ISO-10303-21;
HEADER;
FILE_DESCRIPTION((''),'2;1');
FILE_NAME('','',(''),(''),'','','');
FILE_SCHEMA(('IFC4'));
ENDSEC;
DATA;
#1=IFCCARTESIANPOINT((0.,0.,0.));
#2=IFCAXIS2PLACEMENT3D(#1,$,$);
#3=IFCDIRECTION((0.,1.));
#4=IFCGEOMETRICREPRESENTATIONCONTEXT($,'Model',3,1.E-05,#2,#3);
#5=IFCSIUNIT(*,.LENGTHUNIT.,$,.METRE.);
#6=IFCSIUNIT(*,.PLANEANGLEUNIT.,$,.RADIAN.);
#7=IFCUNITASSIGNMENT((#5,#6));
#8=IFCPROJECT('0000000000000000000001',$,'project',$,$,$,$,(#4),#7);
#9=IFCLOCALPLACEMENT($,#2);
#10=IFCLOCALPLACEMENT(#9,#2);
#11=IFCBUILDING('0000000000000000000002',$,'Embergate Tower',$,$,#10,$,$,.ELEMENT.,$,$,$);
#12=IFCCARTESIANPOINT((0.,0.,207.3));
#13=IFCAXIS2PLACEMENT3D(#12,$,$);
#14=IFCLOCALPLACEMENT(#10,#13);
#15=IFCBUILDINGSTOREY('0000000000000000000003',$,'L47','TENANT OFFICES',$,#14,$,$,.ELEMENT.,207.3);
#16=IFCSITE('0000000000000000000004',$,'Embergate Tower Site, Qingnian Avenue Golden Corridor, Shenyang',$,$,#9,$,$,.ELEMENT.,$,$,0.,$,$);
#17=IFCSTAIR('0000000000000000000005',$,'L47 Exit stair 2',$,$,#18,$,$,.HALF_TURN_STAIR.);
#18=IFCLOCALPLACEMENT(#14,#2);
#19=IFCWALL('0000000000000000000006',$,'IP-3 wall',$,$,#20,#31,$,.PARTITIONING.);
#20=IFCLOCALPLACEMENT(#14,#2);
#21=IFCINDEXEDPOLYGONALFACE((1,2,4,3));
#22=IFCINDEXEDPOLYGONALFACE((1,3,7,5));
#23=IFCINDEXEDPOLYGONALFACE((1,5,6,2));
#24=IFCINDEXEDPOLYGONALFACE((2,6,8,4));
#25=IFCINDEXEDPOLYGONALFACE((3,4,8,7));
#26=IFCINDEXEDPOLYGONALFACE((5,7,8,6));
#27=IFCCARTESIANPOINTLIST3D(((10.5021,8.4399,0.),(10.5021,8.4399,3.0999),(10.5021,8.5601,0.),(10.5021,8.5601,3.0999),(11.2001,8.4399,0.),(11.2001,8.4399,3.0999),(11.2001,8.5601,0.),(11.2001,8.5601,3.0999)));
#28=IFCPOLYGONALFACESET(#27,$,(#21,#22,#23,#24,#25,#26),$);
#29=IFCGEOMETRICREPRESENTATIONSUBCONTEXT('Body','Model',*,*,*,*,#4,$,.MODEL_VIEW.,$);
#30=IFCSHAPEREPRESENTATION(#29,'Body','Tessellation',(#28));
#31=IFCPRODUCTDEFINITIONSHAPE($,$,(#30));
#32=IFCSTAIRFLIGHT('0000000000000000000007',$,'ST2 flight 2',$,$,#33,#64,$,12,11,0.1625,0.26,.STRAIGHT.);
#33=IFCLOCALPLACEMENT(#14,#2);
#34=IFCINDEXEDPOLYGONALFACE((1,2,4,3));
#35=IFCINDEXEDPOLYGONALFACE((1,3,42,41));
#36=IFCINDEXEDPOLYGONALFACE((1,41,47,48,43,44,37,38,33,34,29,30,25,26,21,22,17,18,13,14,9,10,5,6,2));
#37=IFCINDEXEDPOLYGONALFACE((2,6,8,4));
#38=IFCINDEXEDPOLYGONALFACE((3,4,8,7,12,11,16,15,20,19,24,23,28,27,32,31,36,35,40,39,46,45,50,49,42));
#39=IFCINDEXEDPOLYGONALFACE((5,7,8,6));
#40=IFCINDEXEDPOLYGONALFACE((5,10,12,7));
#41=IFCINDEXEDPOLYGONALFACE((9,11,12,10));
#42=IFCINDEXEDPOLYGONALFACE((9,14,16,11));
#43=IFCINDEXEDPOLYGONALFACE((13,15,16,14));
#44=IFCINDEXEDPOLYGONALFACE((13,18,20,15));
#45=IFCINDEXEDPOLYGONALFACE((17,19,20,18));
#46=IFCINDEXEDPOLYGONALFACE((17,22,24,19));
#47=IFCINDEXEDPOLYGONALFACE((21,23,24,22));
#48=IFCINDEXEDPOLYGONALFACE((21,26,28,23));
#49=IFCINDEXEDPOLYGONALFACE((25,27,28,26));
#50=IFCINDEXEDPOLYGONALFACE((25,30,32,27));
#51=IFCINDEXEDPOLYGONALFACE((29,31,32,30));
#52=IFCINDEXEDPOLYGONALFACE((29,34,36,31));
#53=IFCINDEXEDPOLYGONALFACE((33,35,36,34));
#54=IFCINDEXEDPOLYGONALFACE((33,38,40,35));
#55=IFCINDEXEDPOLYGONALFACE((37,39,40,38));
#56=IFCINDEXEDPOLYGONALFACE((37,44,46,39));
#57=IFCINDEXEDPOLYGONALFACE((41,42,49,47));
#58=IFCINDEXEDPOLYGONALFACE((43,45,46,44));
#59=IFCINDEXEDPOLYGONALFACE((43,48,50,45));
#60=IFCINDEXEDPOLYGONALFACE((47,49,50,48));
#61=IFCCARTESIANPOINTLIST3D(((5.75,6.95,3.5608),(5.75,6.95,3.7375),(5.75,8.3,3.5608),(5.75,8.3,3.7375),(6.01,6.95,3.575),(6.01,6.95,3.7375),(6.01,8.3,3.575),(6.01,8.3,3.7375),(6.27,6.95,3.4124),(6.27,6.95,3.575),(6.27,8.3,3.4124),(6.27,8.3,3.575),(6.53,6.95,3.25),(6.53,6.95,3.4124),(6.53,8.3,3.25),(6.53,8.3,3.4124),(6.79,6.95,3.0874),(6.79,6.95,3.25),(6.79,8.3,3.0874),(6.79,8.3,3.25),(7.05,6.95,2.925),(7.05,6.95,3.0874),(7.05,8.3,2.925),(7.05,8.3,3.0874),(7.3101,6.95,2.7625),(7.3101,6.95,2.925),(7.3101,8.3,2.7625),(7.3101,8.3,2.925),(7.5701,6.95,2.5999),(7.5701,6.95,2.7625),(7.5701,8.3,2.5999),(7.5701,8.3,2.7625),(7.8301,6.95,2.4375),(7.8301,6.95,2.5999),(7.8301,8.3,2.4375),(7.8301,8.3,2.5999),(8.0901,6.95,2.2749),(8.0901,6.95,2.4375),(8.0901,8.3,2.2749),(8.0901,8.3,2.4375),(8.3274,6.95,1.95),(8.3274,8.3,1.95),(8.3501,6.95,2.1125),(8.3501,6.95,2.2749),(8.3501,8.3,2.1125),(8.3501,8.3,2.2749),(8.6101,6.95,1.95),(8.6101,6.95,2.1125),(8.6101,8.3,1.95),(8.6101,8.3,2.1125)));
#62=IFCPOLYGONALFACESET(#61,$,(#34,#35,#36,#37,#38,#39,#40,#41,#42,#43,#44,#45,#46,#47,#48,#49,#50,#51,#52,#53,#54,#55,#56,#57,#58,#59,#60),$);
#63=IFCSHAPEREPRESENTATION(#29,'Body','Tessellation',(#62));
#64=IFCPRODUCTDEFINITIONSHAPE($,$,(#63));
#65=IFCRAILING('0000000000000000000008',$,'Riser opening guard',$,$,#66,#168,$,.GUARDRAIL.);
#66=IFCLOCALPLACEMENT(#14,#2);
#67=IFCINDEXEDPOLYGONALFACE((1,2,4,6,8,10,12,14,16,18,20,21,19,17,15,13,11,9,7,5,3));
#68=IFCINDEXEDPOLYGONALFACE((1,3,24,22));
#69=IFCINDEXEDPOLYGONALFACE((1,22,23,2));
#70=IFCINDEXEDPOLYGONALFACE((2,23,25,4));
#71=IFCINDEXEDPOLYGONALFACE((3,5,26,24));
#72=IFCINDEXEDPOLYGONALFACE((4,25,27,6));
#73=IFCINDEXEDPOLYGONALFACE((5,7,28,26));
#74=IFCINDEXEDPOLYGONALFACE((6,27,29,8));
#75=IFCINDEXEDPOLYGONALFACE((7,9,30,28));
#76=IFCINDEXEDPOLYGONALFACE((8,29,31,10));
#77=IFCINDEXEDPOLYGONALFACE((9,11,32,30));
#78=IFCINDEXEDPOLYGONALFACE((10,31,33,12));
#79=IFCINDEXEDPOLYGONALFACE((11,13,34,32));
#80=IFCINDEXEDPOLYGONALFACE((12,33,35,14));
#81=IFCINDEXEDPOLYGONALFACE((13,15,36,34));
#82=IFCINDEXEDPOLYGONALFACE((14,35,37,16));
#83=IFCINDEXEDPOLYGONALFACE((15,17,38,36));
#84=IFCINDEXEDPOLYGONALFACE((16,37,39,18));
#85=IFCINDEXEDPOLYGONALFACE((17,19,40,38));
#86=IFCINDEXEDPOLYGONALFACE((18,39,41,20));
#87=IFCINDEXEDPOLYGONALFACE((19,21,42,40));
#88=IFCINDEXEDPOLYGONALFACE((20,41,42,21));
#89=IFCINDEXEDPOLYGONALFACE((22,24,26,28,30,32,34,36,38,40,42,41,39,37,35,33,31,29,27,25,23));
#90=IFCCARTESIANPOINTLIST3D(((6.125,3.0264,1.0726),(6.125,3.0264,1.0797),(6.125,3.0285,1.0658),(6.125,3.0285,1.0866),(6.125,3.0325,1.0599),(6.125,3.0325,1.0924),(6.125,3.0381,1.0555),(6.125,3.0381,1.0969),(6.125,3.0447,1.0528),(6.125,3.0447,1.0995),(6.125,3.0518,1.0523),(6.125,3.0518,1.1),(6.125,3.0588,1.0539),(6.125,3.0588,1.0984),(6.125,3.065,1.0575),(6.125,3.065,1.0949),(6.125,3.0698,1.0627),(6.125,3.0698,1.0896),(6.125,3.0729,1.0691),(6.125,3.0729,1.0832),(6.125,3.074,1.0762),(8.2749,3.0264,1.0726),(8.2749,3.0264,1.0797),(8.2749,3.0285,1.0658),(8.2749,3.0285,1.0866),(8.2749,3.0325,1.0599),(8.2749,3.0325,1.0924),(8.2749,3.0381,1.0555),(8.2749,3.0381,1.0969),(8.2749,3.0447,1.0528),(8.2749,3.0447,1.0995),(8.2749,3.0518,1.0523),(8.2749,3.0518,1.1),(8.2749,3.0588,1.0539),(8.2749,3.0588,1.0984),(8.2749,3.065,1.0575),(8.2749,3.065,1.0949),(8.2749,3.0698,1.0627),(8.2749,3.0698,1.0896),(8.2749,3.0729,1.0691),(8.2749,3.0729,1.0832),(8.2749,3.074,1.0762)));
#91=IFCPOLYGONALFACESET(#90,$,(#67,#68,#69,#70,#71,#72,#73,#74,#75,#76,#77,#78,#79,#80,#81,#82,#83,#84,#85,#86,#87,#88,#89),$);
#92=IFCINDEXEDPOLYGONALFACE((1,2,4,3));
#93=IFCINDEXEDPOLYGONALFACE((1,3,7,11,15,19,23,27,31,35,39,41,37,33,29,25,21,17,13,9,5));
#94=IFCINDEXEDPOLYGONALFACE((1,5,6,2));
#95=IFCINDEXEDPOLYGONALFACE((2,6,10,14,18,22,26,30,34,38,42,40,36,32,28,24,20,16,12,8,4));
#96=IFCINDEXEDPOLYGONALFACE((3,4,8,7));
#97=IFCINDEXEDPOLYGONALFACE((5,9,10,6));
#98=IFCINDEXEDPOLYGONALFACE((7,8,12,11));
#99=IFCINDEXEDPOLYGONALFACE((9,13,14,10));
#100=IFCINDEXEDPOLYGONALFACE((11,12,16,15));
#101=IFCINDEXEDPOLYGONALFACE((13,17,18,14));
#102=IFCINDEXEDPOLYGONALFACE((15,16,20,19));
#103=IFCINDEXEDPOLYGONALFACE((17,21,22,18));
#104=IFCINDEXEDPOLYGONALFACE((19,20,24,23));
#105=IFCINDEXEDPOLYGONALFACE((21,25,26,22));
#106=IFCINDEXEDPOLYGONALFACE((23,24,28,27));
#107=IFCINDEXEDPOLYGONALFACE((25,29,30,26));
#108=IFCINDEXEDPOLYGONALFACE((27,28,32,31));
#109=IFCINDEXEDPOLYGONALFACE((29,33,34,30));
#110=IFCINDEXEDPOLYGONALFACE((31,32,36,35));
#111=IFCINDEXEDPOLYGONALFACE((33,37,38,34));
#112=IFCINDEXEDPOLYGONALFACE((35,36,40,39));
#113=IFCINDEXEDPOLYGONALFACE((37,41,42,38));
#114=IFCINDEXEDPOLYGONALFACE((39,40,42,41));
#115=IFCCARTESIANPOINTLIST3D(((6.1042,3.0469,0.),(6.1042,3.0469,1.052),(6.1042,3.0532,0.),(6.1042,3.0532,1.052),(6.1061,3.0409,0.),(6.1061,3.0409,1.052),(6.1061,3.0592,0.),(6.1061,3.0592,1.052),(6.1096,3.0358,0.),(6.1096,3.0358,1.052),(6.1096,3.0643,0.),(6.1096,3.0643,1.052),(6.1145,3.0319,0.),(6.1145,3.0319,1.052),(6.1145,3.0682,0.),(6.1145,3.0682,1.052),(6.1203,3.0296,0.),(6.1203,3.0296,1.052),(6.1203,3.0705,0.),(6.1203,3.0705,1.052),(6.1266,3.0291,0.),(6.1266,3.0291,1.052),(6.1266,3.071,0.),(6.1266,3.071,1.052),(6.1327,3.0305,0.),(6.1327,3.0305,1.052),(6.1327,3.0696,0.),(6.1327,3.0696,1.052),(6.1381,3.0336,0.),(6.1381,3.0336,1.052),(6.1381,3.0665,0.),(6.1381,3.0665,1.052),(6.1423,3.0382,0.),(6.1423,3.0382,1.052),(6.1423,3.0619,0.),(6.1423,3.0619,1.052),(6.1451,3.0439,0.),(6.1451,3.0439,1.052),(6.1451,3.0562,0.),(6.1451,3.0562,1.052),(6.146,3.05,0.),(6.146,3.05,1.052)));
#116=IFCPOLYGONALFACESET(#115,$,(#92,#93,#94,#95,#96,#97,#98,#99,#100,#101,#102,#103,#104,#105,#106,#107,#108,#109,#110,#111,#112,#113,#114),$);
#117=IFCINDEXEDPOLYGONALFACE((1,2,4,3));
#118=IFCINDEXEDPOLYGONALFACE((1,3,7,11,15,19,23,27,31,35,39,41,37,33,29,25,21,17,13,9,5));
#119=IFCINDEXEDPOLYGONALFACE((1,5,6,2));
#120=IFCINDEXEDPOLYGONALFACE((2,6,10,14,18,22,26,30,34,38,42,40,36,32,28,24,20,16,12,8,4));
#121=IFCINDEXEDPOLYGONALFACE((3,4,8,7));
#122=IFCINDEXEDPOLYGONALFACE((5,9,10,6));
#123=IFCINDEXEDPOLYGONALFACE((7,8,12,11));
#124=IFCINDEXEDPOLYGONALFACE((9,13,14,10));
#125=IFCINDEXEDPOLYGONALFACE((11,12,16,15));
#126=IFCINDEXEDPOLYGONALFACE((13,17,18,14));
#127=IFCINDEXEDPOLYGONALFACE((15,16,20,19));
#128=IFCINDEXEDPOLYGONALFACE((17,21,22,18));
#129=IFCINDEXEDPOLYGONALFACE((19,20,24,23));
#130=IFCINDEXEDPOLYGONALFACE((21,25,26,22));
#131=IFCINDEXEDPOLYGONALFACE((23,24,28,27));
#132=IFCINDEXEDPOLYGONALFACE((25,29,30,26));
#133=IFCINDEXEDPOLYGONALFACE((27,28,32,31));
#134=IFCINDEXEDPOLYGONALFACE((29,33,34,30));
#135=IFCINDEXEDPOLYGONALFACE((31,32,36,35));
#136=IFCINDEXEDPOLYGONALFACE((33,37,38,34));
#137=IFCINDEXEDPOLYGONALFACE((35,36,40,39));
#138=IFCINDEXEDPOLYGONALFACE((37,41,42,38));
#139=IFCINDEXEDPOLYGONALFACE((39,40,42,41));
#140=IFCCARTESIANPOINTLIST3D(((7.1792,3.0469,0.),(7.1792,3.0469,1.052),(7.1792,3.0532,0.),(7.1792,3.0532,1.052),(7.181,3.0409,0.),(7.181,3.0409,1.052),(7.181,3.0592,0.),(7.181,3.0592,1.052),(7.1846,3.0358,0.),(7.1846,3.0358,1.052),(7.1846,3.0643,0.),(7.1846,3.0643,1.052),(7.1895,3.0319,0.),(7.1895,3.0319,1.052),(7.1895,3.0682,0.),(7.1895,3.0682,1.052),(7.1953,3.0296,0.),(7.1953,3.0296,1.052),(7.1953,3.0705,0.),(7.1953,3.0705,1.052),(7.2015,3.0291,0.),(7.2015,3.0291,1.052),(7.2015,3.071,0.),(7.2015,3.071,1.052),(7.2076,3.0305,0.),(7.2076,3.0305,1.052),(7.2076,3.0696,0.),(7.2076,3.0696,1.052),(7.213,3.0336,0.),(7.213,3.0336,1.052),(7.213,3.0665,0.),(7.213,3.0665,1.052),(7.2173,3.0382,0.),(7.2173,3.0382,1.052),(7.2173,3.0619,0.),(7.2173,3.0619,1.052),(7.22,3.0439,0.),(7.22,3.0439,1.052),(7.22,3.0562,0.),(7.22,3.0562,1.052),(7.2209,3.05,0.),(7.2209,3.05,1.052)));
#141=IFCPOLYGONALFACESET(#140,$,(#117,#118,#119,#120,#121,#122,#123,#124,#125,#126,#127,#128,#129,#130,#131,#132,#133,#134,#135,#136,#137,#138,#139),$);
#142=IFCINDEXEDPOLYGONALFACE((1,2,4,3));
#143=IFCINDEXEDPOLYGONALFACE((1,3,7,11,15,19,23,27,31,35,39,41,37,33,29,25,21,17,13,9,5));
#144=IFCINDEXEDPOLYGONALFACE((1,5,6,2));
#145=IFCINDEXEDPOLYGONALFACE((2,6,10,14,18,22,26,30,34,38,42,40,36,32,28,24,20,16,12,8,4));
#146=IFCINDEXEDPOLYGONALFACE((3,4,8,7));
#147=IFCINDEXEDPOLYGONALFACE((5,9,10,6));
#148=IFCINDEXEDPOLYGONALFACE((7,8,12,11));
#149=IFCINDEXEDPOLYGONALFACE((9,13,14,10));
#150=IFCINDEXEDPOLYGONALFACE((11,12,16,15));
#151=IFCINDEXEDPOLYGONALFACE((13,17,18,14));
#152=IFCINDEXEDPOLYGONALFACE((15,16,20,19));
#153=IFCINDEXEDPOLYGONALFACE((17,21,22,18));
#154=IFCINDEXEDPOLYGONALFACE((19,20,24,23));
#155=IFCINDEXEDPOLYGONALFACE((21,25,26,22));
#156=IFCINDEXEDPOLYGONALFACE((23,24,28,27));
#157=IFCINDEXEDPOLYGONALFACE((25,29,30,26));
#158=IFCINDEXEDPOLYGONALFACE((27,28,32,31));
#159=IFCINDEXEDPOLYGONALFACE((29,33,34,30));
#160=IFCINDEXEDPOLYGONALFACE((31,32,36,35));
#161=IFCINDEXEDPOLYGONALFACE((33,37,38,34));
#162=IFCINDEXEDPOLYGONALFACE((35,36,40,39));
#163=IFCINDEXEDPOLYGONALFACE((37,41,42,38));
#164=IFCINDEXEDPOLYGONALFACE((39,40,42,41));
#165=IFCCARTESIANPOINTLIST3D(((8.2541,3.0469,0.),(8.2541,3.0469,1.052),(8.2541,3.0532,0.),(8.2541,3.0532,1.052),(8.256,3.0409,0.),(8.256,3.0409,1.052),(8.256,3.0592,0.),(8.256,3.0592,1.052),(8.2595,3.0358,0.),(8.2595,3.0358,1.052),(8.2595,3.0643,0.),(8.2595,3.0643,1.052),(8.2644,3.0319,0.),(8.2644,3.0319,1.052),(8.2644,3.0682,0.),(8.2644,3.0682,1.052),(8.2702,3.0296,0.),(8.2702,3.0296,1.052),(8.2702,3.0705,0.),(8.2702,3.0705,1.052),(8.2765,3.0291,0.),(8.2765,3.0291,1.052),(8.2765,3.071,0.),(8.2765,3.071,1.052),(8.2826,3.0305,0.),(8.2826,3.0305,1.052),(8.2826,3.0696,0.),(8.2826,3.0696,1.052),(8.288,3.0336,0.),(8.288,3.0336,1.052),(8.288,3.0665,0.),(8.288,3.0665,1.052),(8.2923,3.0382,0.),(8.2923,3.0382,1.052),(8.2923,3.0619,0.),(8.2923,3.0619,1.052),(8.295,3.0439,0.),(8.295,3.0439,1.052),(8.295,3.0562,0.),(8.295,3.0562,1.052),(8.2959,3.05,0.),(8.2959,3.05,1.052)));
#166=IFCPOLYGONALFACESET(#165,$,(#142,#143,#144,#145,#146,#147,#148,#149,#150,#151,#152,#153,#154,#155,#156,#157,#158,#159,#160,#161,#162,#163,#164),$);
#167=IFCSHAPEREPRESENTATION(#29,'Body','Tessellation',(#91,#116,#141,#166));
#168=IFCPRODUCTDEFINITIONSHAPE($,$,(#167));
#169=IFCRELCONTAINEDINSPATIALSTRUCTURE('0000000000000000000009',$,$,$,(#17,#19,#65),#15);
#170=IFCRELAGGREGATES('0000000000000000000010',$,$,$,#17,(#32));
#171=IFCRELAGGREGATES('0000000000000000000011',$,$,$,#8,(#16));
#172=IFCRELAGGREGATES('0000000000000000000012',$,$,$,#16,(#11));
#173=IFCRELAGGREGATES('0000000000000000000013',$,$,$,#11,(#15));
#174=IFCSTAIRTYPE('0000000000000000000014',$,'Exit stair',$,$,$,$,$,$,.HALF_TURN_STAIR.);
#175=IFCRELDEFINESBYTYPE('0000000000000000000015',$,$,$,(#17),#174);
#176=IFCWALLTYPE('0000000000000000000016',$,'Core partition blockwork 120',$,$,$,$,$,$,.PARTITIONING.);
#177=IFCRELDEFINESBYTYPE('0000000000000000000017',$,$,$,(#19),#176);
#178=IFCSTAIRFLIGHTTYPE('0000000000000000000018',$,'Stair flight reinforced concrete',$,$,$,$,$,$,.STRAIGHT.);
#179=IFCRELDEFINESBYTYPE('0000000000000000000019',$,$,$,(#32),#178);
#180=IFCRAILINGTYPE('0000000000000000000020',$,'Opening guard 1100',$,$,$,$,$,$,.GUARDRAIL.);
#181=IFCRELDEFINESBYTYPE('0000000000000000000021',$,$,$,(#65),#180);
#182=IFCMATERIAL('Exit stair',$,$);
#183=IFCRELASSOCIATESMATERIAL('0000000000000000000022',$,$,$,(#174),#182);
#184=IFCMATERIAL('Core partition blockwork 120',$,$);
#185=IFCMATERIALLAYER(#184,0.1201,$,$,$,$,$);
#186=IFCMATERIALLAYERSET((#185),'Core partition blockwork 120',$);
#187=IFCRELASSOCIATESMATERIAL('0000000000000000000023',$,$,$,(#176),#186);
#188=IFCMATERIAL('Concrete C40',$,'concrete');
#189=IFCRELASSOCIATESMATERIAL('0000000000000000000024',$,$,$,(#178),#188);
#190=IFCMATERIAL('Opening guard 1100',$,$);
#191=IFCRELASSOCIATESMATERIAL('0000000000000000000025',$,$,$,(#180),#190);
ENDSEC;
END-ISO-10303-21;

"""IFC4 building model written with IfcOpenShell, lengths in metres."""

from ifc_helpers import new_model, si_unit, direction, frame, frame_2d, origin, origin_2d, place, context, subcontext, project, spatial, polyline, rectangle, circle, outline, extrude, source, transform, mapped, material, layer, layer_set, type_object, element, aggregate, save


model = new_model("IFC4")

# Units and contexts
model_context = context("Model", 3, precision=1e-05, world=origin(), true_north=direction((0.0, 1.0)))
body_context = subcontext(model_context, "Body", "Model", "MODEL_VIEW")
ifc_project = project(units=[si_unit("LENGTHUNIT", "METRE"), si_unit("PLANEANGLEUNIT", "RADIAN")], contexts=[model_context])

# Site, building, storey
site_placement = place(None, origin())
site = spatial("IfcSite", under=ifc_project, at=site_placement, Name="Embergate Tower Site, Qingnian Avenue Golden Corridor, Shenyang", CompositionType="ELEMENT", RefElevation=0.0)
building_placement = place(site_placement, origin())
building = spatial("IfcBuilding", under=site, at=building_placement, Name="Embergate Tower", CompositionType="ELEMENT")
storey_placement = place(building_placement, frame((0.0, 0.0, 207.3)))
storey = spatial("IfcBuildingStorey", under=building, at=storey_placement, Name="L47", Description="TENANT OFFICES", CompositionType="ELEMENT", Elevation=207.3)

# Stair
ifc_material_1 = material(Name="Exit stair")
stair_type = type_object("IfcStairType", Name="Exit stair", PredefinedType="HALF_TURN_STAIR", material=ifc_material_1)
stair_placement = place(storey_placement, origin())
stair = element("IfcStair", 1, at=stair_placement, inside=storey, type_object=stair_type, Name="L47 Exit stair 2", PredefinedType="HALF_TURN_STAIR")
ifc_material_2 = material(Name="Concrete C40", Category="concrete")

# Wall
ifc_material_3 = material(Name="Core partition blockwork 120")
ifc_layer_1 = layer(ifc_material_3, 0.1201)
ifc_layer_set_1 = layer_set([ifc_layer_1], Name="Core partition blockwork 120")
wall_type_1 = type_object("IfcWallType", Name="Core partition blockwork 120", PredefinedType="PARTITIONING", material=ifc_layer_set_1)
shared_shape_1 = source(origin(), body_context, "Body", "SweptSolid", [
    extrude(rectangle(XDim=0.698, YDim=0.1201, at=frame_2d((0.3491, 0.0))), origin(), (0.0, 0.0, 1.0), 3.0999),
])
wall_1_placement = place(storey_placement, frame((10.502, 8.5, 0.0), z_axis=(0.0, 0.0, 1.0), x_axis=(1.0, 0.0, 0.0)))
element("IfcWall", 2, at=wall_1_placement, inside=storey, type_object=wall_type_1, Name="IP-3 wall", PredefinedType="PARTITIONING", context=body_context, shape_type="MappedRepresentation", body=[
    mapped(shared_shape_1, transform((0.0, 0.0, 0.0))),
])

# Stair flight
stair_flight_type = type_object("IfcStairFlightType", Name="Stair flight reinforced concrete", PredefinedType="STRAIGHT", material=ifc_material_2)
shared_shape_2 = source(origin(), body_context, "Body", "SweptSolid", [
    extrude(outline(polyline([(0.0, 0.0), (0.0, 0.1626), (0.26, 0.1626), (0.26, 0.325), (0.52, 0.325), (0.52, 0.4875), (0.78, 0.4875), (0.78, 0.6499), (1.04, 0.6499), (1.04, 0.8125), (1.3, 0.8125), (1.3, 0.9751), (1.5601, 0.9751), (1.5601, 1.1375), (1.8201, 1.1375), (1.8201, 1.3), (2.0801, 1.3), (2.0801, 1.4624), (2.3401, 1.4624), (2.3401, 1.625), (2.6001, 1.625), (2.6001, 1.7876), (2.8601, 1.7876), (2.8601, 1.95), (2.8601, 1.6108), (0.2827, 0.0), (0.0, 0.0)])), frame((0.0, 0.675, 0.0), z_axis=(0.0, -1.0, 0.0), x_axis=(1.0, 0.0, 0.0)), (0.0, 0.0, 1.0), 1.3501),
])
stair_flight_placement = place(storey_placement, frame((8.6101, 7.625, 1.95), z_axis=(0.0, 0.0, 1.0), x_axis=(-1.0, 0.0, 0.0)))
stair_flight = element("IfcStairFlight", 3, at=stair_flight_placement, type_object=stair_flight_type, Name="ST2 flight 2", NumberOfRisers=12, NumberOfTreads=11, PredefinedType="STRAIGHT", RiserHeight=0.1625, TreadLength=0.26, context=body_context, shape_type="MappedRepresentation", body=[
    mapped(shared_shape_2, transform((0.0, 0.0, 0.0))),
])
aggregate(stair, [stair_flight])

# Railing
ifc_material_4 = material(Name="Opening guard 1100")
railing_type = type_object("IfcRailingType", Name="Opening guard 1100", PredefinedType="GUARDRAIL", material=ifc_material_4)
shared_shape_3 = source(origin(), body_context, "Body", "SweptSolid", [
    extrude(circle(Radius=0.0239, at=origin_2d()), frame((0.0, 0.0, 1.0762), z_axis=(1.0, 0.0, 0.0), x_axis=(0.0, 1.0, 0.0)), (0.0, 0.0, 1.0), 2.1499),
    extrude(circle(Radius=0.021, at=origin_2d()), origin(), (0.0, 0.0, 1.0), 1.052),
    extrude(circle(Radius=0.021, at=origin_2d()), frame((1.075, 0.0, 0.0)), (0.0, 0.0, 1.0), 1.052),
    extrude(circle(Radius=0.021, at=origin_2d()), frame((2.1499, 0.0, 0.0)), (0.0, 0.0, 1.0), 1.052),
])
railing_placement = place(storey_placement, frame((6.125, 3.05, 0.0)))
element("IfcRailing", 4, at=railing_placement, inside=storey, type_object=railing_type, Name="Riser opening guard", PredefinedType="GUARDRAIL", context=body_context, shape_type="MappedRepresentation", body=[
    mapped(shared_shape_3, transform((0.0, 0.0, 0.0))),
])

save(model, "model.ifc")
